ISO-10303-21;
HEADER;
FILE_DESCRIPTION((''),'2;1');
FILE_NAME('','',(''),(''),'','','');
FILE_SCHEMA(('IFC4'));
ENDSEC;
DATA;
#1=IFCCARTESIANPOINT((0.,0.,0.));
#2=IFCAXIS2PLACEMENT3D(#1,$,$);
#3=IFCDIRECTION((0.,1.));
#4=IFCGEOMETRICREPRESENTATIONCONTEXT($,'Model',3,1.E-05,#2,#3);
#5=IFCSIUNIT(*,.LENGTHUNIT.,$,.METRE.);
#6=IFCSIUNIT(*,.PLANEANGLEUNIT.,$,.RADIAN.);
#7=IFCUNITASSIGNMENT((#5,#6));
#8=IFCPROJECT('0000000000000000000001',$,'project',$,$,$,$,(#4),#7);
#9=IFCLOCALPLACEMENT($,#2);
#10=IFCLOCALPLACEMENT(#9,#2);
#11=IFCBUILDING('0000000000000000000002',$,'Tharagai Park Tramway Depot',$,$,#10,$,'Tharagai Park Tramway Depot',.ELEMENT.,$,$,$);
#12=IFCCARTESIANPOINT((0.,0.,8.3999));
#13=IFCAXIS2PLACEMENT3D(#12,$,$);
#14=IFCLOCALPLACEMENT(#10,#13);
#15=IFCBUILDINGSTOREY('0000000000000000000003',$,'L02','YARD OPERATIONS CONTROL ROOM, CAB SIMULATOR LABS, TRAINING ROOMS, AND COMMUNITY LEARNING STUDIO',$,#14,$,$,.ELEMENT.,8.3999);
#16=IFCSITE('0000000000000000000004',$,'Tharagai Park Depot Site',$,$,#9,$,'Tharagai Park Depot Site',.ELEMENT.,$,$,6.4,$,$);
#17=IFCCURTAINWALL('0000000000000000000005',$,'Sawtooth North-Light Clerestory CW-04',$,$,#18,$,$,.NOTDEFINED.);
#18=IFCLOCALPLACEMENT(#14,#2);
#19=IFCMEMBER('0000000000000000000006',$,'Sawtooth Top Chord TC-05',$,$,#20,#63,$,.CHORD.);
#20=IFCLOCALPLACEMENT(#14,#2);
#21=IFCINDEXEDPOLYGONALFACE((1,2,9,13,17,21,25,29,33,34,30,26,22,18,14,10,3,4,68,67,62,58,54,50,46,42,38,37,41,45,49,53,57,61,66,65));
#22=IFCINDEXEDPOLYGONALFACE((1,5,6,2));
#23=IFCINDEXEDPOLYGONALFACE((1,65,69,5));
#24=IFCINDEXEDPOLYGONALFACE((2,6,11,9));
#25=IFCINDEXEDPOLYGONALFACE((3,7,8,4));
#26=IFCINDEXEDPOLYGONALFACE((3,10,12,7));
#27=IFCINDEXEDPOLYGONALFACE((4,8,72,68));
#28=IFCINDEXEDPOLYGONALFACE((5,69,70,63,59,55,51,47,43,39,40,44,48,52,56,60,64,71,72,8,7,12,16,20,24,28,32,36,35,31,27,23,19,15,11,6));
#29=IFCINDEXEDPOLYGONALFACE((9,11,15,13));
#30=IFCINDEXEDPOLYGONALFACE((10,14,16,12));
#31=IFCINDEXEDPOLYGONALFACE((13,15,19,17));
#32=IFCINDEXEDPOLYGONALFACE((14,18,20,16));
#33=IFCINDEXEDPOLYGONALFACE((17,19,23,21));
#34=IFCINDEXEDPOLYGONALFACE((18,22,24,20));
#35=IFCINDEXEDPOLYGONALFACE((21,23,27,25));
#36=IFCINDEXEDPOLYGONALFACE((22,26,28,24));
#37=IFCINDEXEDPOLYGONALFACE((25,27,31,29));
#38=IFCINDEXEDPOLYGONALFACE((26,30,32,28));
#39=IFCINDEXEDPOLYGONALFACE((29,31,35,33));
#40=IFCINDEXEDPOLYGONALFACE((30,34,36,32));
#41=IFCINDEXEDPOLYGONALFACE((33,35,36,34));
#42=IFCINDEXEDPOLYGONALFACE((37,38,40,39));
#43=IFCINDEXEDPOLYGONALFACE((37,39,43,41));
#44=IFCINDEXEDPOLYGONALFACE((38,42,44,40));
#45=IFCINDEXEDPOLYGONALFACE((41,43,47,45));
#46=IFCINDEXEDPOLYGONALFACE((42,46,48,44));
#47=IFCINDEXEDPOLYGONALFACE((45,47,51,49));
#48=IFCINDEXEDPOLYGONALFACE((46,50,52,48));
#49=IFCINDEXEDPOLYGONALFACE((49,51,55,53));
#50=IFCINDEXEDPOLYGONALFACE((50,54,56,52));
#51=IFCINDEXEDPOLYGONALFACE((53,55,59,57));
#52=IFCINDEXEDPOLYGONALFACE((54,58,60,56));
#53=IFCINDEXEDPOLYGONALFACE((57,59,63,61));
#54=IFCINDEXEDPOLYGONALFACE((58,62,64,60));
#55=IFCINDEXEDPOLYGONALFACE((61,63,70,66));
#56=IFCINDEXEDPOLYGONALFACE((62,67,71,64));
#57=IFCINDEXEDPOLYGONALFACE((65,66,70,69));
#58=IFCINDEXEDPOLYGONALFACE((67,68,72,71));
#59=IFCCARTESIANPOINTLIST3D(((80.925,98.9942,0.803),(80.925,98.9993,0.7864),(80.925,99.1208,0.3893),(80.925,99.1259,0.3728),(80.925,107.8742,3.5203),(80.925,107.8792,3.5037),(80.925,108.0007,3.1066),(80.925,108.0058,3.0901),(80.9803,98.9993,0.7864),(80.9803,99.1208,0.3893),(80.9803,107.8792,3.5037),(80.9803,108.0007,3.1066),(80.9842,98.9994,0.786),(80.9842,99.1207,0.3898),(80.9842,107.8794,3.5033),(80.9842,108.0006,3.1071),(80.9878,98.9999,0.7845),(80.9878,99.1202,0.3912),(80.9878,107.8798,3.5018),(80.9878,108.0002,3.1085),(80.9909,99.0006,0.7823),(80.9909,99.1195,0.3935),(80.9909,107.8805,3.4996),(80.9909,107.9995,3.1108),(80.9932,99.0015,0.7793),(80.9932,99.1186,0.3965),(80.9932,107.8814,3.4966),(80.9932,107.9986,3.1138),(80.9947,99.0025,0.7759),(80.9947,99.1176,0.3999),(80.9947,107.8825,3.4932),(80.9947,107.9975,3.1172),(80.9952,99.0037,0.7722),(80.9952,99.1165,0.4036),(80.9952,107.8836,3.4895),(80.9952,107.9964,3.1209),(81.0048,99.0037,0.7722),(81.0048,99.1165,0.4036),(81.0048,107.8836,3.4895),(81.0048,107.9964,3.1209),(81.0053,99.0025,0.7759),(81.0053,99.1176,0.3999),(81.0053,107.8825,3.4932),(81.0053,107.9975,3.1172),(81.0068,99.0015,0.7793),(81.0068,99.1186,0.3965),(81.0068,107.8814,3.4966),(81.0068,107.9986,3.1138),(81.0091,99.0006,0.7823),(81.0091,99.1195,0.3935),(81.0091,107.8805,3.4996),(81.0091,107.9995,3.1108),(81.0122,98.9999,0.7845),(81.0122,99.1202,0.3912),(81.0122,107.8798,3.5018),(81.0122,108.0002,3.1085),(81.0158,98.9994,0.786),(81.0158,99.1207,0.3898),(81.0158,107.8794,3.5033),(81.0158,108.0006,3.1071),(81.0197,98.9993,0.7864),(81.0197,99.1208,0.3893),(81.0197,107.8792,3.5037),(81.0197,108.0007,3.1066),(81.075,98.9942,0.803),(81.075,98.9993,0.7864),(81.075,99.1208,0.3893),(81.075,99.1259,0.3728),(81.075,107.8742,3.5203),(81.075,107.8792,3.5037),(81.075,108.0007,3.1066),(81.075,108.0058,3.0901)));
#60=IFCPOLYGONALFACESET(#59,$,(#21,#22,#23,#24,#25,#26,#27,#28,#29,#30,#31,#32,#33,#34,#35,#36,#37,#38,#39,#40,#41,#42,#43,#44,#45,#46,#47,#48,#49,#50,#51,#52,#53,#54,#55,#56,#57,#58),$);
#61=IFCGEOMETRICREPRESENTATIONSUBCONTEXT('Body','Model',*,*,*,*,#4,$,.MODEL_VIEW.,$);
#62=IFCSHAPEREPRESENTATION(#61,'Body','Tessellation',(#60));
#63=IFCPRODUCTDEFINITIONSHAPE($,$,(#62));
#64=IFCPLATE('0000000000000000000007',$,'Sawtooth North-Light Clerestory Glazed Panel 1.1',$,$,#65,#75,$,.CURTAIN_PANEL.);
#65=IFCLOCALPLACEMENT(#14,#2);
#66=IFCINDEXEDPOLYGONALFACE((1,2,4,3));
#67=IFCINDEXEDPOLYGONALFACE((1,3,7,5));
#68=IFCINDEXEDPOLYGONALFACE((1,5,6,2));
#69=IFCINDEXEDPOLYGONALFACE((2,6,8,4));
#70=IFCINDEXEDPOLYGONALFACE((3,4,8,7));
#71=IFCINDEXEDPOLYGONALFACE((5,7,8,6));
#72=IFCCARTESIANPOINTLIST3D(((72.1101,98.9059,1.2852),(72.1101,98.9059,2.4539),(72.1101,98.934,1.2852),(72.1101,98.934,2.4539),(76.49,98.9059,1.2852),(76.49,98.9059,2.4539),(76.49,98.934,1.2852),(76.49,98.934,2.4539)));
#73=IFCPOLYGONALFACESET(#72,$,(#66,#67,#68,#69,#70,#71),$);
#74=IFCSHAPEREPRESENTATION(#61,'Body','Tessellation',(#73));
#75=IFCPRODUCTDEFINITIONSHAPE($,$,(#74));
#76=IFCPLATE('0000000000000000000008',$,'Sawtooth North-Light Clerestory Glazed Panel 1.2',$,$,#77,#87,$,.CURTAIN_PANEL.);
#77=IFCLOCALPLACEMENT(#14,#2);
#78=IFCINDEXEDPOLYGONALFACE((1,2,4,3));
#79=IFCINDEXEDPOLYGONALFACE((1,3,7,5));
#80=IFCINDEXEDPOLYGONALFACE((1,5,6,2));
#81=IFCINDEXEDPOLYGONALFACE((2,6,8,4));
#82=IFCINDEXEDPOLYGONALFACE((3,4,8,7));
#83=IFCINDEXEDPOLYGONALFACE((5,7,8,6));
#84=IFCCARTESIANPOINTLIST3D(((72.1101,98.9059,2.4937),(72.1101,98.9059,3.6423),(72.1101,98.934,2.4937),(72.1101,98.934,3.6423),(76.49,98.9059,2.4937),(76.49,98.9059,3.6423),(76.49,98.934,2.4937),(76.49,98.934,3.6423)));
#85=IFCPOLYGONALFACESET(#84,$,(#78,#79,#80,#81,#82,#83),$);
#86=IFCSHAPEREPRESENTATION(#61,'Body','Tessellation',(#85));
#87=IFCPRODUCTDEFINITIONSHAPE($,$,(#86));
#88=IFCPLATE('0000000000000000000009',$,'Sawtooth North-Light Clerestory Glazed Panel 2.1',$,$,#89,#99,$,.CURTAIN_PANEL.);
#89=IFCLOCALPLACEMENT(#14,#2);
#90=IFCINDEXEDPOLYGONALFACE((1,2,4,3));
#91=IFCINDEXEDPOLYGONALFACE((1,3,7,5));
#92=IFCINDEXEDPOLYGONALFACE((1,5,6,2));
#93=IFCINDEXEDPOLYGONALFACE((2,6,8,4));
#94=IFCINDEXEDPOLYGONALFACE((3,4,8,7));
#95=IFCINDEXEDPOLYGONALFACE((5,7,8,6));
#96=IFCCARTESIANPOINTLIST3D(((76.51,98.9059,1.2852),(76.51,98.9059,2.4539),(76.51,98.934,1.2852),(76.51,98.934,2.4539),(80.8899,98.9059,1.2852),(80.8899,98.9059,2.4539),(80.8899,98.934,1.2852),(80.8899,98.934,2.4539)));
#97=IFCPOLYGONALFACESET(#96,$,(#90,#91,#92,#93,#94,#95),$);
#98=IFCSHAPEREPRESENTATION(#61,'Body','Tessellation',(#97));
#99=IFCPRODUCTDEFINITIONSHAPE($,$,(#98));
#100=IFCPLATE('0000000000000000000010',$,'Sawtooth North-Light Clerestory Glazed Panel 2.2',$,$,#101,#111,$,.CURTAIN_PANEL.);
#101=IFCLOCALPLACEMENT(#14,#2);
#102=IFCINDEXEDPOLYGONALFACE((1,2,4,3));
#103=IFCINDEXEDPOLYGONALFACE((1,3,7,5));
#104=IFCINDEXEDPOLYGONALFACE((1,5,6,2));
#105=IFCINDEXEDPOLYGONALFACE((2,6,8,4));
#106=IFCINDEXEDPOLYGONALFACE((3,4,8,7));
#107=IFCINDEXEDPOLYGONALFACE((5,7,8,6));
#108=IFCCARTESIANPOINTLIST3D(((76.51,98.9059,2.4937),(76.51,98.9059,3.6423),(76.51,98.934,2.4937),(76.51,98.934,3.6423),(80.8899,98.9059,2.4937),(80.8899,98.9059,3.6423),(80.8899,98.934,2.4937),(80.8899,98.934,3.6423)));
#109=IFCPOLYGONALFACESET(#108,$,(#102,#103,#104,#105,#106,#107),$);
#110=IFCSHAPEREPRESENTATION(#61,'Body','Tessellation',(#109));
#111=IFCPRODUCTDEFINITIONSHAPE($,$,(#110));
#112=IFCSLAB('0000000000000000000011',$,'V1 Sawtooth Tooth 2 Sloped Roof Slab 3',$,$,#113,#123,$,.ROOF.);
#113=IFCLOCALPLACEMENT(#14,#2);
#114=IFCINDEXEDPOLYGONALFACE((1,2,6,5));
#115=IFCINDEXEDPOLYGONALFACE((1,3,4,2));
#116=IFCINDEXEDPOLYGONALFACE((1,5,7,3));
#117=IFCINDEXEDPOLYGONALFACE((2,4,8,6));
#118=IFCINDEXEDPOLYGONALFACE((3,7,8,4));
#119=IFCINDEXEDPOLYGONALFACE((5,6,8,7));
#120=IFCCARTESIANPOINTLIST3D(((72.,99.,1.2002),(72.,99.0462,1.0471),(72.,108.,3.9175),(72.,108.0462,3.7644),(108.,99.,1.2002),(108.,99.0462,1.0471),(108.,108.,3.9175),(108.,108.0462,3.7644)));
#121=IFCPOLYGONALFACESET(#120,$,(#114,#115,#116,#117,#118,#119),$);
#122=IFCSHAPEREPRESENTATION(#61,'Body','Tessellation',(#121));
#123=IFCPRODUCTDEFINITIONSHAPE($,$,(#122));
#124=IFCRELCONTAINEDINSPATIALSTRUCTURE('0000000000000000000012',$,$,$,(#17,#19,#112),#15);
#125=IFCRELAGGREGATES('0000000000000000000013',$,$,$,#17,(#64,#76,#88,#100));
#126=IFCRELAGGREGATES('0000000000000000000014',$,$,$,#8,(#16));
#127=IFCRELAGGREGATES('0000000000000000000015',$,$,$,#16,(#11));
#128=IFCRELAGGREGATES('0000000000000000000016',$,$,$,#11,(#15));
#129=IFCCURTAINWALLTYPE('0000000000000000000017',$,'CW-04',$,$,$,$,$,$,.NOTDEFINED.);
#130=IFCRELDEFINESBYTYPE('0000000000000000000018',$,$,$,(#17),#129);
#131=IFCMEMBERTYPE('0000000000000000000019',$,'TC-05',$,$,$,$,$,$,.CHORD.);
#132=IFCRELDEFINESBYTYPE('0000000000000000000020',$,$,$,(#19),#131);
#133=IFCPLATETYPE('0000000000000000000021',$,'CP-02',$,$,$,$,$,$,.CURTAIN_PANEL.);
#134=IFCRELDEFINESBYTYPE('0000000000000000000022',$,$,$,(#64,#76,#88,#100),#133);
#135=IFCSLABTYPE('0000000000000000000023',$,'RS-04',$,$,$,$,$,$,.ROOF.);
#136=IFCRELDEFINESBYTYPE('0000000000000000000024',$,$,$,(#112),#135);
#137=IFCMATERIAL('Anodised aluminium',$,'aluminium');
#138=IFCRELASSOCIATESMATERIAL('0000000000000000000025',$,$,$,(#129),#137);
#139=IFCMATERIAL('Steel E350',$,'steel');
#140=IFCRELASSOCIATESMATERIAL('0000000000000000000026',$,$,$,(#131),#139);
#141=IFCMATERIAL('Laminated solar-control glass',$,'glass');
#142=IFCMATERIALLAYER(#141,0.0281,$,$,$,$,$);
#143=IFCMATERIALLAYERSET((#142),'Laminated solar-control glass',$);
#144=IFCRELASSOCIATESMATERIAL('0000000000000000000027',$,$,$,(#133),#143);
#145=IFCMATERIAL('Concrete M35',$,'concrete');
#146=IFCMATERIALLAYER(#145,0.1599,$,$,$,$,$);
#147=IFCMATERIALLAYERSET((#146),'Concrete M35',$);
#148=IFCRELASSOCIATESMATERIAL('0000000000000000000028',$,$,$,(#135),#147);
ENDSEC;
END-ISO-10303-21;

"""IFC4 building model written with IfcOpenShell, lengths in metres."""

from ifc_helpers import new_model, si_unit, direction, frame, origin, origin_2d, place, context, subcontext, project, spatial, polyline, rectangle, i_section, outline, extrude, material, layer, layer_set, material_profile, profile_set, type_object, element, aggregate, save


model = new_model("IFC4")

# Units and contexts
model_context = context("Model", 3, precision=1e-05, world=origin(), true_north=direction((0.0, 1.0)))
body_context = subcontext(model_context, "Body", "Model", "MODEL_VIEW")
ifc_project = project(units=[si_unit("LENGTHUNIT", "METRE"), si_unit("PLANEANGLEUNIT", "RADIAN")], contexts=[model_context])

# Site, building, storey
site_placement = place(None, origin())
site = spatial("IfcSite", under=ifc_project, at=site_placement, Name="Tharagai Park Depot Site", LongName="Tharagai Park Depot Site", CompositionType="ELEMENT", RefElevation=6.4)
building_placement = place(site_placement, origin())
building = spatial("IfcBuilding", under=site, at=building_placement, Name="Tharagai Park Tramway Depot", LongName="Tharagai Park Tramway Depot", CompositionType="ELEMENT")
storey_placement = place(building_placement, frame((0.0, 0.0, 8.3999)))
storey = spatial("IfcBuildingStorey", under=building, at=storey_placement, Name="L02", Description="YARD OPERATIONS CONTROL ROOM, CAB SIMULATOR LABS, TRAINING ROOMS, AND COMMUNITY LEARNING STUDIO", CompositionType="ELEMENT", Elevation=8.3999)

# Shared definitions
ifc_material_1 = material(Name="Steel E350", Category="steel")

# Curtain wall
ifc_material_2 = material(Name="Anodised aluminium", Category="aluminium")
curtain_wall_type = type_object("IfcCurtainWallType", Name="CW-04", PredefinedType="NOTDEFINED", material=ifc_material_2)
curtain_wall_1_placement = place(storey_placement, origin())
curtain_wall_1 = element("IfcCurtainWall", 1, at=curtain_wall_1_placement, inside=storey, type_object=curtain_wall_type, Name="Sawtooth North-Light Clerestory CW-04", PredefinedType="NOTDEFINED")

# Member
ifc_material_profile_1 = material_profile(ifc_material_1, i_section(OverallWidth=0.1499, OverallDepth=0.45, WebThickness=0.0095, FlangeThickness=0.0173, FilletRadius=0.0149, at=origin_2d()), Name="ISMB 450")
ifc_profile_set_1 = profile_set([ifc_material_profile_1], Name="Steel E350")
member_type_1 = type_object("IfcMemberType", Name="TC-05", PredefinedType="CHORD", material=ifc_profile_set_1)
for number, where, z_axis, x_axis, name in (
    (2, (81.0, 99.0601, 0.5879), (0.0, 0.956231, 0.292611), (-1.0, 0.0, 0.0), "Sawtooth Top Chord TC-05"),
):
    element("IfcMember", number, at=place(storey_placement, frame(where, z_axis=z_axis, x_axis=x_axis)), inside=storey, type_object=member_type_1, Name=name, PredefinedType="CHORD", context=body_context, shape_type="SweptSolid", body=[
        extrude(i_section(OverallWidth=0.1499, OverallDepth=0.45, WebThickness=0.0095, FlangeThickness=0.0173, FilletRadius=0.0149, at=origin_2d()), origin(), (0.0, 0.0, 1.0), 9.2864),
    ])

# Plates
ifc_material_3 = material(Name="Laminated solar-control glass", Category="glass")
ifc_layer_1 = layer(ifc_material_3, 0.0281)
ifc_layer_set_1 = layer_set([ifc_layer_1], Name="Laminated solar-control glass")
plate_type = type_object("IfcPlateType", Name="CP-02", PredefinedType="CURTAIN_PANEL", material=ifc_layer_set_1)
plate_1_placement = place(storey_placement, frame((74.3, 98.9199, 1.2852), z_axis=(0.0, 0.0, 1.0), x_axis=(1.0, 0.0, 0.0)))
plate_1 = element("IfcPlate", 3, at=plate_1_placement, type_object=plate_type, Name="Sawtooth North-Light Clerestory Glazed Panel 1.1", PredefinedType="CURTAIN_PANEL", context=body_context, shape_type="SweptSolid", body=[
    extrude(rectangle(XDim=4.3799, YDim=0.0281, at=origin_2d()), origin(), (0.0, 0.0, 1.0), 1.1687),
])
plate_2_placement = place(storey_placement, frame((74.3, 98.9199, 2.4937), z_axis=(0.0, 0.0, 1.0), x_axis=(1.0, 0.0, 0.0)))
plate_2 = element("IfcPlate", 4, at=plate_2_placement, type_object=plate_type, Name="Sawtooth North-Light Clerestory Glazed Panel 1.2", PredefinedType="CURTAIN_PANEL", context=body_context, shape_type="SweptSolid", body=[
    extrude(rectangle(XDim=4.3799, YDim=0.0281, at=origin_2d()), origin(), (0.0, 0.0, 1.0), 1.1487),
])
plate_3_placement = place(storey_placement, frame((78.7, 98.9199, 1.2852), z_axis=(0.0, 0.0, 1.0), x_axis=(1.0, 0.0, 0.0)))
plate_3 = element("IfcPlate", 5, at=plate_3_placement, type_object=plate_type, Name="Sawtooth North-Light Clerestory Glazed Panel 2.1", PredefinedType="CURTAIN_PANEL", context=body_context, shape_type="SweptSolid", body=[
    extrude(rectangle(XDim=4.3799, YDim=0.0281, at=origin_2d()), origin(), (0.0, 0.0, 1.0), 1.1687),
])
plate_4_placement = place(storey_placement, frame((78.7, 98.9199, 2.4937), z_axis=(0.0, 0.0, 1.0), x_axis=(1.0, 0.0, 0.0)))
plate_4 = element("IfcPlate", 6, at=plate_4_placement, type_object=plate_type, Name="Sawtooth North-Light Clerestory Glazed Panel 2.2", PredefinedType="CURTAIN_PANEL", context=body_context, shape_type="SweptSolid", body=[
    extrude(rectangle(XDim=4.3799, YDim=0.0281, at=origin_2d()), origin(), (0.0, 0.0, 1.0), 1.1487),
])
aggregate(curtain_wall_1, [plate_1, plate_2, plate_3, plate_4])

# Slab
ifc_material_4 = material(Name="Concrete M35", Category="concrete")
ifc_layer_2 = layer(ifc_material_4, 0.1599)
ifc_layer_set_2 = layer_set([ifc_layer_2], Name="Concrete M35")
slab_type = type_object("IfcSlabType", Name="RS-04", PredefinedType="ROOF", material=ifc_layer_set_2)
slab_placement = place(storey_placement, frame((72.0, 99.0, 1.2002), z_axis=(0.0, -0.289034, 0.957319), x_axis=(1.0, 0.0, 0.0)))
element("IfcSlab", 7, at=slab_placement, inside=storey, type_object=slab_type, Name="V1 Sawtooth Tooth 2 Sloped Roof Slab 3", PredefinedType="ROOF", context=body_context, shape_type="SweptSolid", body=[
    extrude(outline(polyline([(0.0, 0.0), (36.0, 0.0), (36.0, 9.4013), (0.0, 9.4013), (0.0, 0.0)])), origin(), (0.0, 0.0, -1.0), 0.1599),
])

save(model, "model.ifc")
